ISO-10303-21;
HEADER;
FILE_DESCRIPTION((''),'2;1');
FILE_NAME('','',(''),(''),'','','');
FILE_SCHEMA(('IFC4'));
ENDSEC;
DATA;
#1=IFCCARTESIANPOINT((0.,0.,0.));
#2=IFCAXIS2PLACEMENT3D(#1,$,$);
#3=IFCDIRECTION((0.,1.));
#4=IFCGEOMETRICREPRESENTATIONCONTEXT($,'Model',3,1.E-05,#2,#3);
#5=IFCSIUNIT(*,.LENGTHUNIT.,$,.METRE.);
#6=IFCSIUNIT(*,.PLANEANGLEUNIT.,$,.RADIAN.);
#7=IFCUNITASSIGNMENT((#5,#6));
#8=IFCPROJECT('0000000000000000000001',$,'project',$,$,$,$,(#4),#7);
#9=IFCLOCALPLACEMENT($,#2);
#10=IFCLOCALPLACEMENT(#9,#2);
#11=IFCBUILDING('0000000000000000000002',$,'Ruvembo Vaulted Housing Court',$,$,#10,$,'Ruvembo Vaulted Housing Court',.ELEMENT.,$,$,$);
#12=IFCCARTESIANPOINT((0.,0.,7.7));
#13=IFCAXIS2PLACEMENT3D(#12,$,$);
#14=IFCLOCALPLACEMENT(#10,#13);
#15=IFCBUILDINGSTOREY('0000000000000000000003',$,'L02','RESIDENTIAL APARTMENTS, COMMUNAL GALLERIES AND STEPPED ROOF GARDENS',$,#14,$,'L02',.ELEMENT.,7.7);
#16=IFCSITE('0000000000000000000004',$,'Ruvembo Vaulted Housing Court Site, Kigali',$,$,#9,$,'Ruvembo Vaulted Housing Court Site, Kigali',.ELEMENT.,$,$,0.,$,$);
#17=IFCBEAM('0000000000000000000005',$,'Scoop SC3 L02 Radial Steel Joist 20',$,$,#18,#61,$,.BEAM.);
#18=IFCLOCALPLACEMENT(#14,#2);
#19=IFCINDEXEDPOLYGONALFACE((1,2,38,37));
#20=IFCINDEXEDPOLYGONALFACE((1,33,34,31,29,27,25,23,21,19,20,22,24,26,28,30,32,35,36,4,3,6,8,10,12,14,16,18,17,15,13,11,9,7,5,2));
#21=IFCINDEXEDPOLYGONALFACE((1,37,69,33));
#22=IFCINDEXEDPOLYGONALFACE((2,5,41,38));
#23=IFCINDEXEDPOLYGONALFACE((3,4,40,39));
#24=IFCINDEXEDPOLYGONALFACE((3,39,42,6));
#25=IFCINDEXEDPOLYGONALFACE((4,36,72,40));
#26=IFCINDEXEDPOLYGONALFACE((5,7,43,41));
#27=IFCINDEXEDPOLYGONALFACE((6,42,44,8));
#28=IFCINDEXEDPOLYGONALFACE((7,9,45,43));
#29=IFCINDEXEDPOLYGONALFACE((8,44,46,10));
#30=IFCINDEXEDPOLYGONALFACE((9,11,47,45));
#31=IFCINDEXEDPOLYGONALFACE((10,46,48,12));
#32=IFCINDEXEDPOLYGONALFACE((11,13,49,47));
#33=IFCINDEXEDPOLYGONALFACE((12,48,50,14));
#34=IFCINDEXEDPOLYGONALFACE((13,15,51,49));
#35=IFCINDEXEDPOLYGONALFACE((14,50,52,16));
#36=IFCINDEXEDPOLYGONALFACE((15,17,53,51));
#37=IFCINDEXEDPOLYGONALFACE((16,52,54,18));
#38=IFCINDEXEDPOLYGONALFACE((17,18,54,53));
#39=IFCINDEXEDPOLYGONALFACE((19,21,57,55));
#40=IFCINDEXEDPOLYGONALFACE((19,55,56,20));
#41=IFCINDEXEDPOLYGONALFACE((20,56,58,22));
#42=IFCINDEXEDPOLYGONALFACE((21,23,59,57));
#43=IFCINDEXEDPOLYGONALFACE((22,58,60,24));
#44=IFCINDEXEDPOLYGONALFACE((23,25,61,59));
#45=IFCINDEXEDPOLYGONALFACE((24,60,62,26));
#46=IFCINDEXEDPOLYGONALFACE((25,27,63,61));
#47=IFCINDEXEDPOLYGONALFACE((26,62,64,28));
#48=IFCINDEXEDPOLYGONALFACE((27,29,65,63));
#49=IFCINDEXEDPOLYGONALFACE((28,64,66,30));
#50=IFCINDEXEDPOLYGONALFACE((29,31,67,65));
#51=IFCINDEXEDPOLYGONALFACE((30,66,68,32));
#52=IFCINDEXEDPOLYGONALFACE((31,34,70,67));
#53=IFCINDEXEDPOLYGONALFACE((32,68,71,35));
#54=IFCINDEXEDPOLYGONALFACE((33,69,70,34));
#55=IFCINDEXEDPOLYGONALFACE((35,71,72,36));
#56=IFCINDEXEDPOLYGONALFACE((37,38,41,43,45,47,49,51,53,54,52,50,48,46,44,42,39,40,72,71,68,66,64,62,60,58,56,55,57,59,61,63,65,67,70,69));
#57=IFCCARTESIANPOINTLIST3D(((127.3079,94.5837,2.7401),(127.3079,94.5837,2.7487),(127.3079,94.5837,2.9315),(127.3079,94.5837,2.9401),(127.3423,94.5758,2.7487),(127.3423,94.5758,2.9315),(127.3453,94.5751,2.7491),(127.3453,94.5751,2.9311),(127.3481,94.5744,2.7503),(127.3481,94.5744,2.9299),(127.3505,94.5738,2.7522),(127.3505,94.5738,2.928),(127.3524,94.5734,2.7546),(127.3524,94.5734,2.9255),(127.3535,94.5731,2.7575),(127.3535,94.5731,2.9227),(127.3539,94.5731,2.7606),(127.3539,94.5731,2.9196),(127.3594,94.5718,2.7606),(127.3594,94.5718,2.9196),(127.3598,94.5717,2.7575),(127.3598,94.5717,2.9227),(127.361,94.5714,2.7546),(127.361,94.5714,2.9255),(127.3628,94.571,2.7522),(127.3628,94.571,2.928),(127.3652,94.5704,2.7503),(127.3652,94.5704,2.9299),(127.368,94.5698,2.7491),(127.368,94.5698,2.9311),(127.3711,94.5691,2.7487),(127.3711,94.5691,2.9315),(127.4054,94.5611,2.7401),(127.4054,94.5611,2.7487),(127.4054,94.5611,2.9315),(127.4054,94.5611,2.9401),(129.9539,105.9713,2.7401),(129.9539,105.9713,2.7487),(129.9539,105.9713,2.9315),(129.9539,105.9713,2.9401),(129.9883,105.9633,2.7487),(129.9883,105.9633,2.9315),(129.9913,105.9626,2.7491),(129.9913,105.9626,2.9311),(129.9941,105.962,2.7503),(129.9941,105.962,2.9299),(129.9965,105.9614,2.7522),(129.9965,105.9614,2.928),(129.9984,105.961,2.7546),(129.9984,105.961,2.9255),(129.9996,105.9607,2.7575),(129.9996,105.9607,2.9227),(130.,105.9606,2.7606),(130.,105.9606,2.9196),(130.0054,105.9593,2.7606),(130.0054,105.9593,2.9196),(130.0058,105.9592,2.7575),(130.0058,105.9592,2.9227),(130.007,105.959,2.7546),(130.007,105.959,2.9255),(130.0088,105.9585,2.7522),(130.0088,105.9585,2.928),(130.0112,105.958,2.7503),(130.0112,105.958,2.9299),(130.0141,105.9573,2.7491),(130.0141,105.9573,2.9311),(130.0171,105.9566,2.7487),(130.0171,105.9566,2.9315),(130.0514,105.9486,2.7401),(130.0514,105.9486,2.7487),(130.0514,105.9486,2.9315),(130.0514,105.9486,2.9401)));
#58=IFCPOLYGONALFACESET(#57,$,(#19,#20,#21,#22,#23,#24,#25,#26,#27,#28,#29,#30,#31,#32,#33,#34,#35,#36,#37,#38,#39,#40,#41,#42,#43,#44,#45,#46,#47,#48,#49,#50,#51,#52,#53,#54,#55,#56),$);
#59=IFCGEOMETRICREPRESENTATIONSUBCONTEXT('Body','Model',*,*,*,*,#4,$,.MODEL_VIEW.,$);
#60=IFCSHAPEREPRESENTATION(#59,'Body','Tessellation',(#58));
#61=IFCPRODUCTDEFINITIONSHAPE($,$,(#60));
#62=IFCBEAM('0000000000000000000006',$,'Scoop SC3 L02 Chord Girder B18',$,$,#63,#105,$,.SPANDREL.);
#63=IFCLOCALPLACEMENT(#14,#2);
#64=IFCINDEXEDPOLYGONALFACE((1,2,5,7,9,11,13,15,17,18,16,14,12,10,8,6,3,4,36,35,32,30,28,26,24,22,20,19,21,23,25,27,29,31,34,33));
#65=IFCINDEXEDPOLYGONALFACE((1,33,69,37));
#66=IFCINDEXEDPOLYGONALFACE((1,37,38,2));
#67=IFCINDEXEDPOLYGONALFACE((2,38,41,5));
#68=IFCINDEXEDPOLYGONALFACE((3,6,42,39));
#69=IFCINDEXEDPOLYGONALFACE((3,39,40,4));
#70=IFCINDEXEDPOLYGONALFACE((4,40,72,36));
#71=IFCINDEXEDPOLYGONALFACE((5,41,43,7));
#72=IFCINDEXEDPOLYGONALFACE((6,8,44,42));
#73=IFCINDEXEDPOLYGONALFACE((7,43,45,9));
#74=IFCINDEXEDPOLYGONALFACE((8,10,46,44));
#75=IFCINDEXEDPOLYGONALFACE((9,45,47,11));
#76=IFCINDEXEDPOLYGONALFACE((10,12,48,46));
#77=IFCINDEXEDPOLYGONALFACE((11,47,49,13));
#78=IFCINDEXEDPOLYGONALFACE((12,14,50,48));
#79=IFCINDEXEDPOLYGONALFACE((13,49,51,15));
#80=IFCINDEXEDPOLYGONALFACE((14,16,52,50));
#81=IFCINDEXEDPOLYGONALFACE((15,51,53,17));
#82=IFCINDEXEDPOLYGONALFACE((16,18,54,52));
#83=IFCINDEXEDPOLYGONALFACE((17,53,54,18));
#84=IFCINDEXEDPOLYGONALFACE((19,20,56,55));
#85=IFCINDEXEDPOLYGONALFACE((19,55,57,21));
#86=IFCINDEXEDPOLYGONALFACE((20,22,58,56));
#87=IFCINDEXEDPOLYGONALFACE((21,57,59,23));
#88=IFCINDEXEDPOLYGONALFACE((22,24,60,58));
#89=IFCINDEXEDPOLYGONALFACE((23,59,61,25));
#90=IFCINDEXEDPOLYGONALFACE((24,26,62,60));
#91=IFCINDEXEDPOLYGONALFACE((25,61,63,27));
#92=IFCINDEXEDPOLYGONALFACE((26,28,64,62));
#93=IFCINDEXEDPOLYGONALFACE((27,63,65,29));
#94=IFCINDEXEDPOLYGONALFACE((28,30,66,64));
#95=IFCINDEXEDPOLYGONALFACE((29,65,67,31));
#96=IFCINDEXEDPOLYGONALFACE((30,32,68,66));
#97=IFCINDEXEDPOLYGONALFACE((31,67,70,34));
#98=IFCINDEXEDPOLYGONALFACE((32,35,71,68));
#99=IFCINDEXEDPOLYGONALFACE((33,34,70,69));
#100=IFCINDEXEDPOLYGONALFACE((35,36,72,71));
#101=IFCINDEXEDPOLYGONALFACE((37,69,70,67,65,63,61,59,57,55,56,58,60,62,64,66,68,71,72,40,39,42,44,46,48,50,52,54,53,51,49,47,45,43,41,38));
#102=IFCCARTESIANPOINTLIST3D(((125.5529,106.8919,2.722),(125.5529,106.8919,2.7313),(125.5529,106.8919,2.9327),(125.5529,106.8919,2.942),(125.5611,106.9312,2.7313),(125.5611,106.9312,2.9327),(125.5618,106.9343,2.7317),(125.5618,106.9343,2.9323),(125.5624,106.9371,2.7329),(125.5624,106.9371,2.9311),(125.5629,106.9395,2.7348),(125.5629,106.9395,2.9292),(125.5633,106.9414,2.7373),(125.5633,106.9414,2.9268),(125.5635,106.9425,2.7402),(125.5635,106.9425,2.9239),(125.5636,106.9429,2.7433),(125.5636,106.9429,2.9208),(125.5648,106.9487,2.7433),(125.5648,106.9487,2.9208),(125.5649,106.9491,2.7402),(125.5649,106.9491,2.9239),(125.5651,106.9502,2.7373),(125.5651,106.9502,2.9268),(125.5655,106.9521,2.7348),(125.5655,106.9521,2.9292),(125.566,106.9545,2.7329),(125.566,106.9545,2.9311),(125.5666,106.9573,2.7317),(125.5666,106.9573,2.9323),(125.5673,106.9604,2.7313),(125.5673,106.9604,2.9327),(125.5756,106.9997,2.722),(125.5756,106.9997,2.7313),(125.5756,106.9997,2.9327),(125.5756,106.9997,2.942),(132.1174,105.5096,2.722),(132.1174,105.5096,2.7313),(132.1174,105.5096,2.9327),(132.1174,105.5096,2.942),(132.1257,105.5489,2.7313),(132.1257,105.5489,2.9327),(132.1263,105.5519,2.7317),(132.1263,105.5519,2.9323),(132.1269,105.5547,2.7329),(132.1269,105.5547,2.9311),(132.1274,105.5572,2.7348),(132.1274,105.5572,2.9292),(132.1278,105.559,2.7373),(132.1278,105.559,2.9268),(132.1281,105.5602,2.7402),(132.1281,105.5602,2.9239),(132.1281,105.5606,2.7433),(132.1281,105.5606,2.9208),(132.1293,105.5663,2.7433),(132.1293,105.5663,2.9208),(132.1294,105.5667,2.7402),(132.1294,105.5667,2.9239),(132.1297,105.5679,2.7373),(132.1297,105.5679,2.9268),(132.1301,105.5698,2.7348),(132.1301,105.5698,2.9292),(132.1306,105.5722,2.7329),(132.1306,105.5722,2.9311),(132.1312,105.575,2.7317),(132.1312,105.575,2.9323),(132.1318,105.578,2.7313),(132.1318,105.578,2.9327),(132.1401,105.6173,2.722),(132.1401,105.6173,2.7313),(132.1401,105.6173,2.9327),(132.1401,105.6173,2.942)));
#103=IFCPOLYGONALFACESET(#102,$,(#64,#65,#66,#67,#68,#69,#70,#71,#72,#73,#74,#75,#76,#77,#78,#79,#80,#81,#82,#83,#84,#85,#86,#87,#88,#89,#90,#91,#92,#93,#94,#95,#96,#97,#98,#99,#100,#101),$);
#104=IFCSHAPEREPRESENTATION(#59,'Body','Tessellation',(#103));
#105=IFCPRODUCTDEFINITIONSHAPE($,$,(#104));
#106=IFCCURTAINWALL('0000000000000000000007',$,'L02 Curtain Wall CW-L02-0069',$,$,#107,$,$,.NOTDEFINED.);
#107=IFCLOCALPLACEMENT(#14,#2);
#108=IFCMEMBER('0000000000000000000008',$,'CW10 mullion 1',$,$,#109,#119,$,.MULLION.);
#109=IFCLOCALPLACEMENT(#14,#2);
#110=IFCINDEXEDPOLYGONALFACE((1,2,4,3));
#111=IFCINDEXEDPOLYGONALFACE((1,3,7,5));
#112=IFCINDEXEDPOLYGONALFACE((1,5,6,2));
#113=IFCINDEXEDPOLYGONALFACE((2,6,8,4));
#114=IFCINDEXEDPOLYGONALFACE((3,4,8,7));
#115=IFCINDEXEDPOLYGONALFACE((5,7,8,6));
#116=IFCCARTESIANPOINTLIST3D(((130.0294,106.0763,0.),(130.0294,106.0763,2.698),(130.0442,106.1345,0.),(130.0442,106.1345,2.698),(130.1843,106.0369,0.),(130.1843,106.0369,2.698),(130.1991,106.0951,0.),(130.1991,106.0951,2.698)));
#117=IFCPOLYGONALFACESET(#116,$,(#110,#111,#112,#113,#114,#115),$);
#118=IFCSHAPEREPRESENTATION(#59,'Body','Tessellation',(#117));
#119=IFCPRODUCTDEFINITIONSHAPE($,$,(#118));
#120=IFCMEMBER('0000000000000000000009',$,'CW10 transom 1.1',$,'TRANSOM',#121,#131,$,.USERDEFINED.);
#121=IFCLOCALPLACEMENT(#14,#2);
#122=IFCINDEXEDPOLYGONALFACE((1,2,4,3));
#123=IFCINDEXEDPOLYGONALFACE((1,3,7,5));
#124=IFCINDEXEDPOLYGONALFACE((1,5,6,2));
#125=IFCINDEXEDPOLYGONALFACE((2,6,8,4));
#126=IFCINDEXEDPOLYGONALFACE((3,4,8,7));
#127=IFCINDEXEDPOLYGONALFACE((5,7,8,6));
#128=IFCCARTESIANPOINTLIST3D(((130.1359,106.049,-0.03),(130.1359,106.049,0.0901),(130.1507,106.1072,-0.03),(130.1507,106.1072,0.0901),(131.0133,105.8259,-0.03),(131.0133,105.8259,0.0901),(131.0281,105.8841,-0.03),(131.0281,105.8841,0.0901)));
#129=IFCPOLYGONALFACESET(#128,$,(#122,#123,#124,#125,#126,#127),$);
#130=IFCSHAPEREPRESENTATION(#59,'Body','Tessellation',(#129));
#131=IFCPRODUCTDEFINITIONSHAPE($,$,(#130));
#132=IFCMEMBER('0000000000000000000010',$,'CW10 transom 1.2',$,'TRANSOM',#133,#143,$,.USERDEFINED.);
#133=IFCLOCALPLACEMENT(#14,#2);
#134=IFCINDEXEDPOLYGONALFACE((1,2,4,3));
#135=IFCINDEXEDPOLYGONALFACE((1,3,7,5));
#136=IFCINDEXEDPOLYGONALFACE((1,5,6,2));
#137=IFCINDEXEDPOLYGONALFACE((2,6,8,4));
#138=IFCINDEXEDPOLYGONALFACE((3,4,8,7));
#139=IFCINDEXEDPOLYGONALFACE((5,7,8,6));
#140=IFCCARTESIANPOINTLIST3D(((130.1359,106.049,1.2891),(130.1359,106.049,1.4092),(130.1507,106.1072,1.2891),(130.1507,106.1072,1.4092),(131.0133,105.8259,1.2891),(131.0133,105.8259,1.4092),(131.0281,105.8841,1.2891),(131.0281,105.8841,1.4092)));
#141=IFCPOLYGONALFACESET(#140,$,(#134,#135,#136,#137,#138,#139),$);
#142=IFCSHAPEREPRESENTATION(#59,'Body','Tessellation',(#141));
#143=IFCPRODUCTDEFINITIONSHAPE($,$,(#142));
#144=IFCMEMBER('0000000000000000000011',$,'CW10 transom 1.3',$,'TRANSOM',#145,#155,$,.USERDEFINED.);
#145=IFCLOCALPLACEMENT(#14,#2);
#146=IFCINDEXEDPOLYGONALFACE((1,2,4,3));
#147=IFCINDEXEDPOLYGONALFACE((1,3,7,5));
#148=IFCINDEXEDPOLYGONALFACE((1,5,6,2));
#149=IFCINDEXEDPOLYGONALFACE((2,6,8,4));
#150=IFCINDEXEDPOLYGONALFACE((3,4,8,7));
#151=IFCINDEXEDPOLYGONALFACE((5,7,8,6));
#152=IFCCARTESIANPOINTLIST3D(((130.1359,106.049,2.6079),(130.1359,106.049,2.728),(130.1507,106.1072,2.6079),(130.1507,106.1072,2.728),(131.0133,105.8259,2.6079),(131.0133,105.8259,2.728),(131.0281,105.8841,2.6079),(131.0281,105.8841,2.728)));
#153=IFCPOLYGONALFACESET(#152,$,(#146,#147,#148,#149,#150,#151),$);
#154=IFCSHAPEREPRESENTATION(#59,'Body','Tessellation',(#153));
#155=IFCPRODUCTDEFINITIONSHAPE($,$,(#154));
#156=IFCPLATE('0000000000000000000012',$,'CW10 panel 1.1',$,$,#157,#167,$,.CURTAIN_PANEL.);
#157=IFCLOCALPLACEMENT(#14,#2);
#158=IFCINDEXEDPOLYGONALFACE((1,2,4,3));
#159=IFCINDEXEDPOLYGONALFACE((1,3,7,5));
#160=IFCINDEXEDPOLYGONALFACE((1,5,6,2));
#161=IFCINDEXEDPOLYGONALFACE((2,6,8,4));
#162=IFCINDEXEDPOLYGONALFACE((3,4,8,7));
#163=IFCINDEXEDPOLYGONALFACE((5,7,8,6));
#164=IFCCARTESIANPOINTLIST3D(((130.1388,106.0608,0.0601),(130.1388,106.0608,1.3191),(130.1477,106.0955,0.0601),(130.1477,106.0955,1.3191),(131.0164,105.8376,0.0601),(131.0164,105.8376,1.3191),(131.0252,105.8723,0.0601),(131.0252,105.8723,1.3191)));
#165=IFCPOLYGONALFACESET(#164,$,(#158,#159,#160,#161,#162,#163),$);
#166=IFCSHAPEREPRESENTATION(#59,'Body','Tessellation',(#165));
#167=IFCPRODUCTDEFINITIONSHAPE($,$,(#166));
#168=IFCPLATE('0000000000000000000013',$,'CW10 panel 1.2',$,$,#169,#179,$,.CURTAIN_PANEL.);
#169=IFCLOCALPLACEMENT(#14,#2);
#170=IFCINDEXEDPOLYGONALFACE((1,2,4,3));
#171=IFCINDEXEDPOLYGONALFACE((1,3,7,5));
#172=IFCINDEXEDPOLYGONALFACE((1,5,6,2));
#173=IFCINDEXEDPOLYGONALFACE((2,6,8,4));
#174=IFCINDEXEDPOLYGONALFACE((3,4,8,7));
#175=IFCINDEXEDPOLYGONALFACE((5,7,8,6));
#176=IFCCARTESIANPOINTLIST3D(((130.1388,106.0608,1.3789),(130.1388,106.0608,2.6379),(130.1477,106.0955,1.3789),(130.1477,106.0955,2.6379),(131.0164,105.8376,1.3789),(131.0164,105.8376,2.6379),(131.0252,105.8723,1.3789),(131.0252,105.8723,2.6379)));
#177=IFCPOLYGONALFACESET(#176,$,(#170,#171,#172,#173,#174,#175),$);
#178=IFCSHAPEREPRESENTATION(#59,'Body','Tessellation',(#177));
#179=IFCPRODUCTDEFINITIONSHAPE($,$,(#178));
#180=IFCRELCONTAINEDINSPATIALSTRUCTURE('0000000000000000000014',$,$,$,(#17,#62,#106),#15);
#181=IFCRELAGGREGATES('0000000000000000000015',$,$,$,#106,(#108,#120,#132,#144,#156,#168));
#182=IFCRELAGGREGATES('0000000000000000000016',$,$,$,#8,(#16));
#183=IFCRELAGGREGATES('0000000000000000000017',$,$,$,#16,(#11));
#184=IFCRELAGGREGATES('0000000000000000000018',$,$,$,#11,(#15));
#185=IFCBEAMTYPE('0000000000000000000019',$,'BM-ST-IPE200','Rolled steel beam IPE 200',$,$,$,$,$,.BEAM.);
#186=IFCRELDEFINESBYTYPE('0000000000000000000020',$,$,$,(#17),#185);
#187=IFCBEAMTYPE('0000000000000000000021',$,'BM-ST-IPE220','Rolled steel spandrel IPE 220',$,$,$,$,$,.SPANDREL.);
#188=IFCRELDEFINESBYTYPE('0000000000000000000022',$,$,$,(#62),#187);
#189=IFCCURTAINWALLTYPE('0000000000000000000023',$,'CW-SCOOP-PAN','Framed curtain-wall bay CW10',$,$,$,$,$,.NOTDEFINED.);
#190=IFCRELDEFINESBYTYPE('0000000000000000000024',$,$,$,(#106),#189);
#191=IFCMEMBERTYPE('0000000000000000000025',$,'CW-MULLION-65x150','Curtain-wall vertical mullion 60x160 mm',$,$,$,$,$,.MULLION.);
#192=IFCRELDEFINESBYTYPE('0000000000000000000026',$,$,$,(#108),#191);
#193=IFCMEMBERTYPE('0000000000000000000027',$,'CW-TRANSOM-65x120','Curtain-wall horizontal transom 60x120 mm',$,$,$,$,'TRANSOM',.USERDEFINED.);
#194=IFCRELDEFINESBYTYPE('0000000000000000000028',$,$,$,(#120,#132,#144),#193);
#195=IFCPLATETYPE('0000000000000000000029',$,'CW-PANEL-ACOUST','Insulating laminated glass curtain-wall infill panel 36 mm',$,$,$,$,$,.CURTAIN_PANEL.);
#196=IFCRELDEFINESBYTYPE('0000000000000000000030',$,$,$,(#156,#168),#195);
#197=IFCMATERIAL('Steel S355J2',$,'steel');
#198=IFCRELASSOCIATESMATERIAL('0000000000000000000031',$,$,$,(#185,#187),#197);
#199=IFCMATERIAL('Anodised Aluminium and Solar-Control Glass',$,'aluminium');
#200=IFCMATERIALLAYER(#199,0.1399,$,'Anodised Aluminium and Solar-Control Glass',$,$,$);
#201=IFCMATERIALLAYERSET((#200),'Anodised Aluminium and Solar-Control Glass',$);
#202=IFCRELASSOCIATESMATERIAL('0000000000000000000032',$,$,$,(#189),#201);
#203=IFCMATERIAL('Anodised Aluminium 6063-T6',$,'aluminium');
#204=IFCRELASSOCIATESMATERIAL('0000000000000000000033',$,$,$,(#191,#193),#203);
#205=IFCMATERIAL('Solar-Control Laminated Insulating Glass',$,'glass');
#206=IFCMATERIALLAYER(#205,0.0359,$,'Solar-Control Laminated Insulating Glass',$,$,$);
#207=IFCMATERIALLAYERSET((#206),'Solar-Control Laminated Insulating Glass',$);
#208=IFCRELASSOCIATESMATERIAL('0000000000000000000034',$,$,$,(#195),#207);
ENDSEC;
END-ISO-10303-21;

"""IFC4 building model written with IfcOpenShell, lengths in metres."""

from ifc_helpers import new_model, si_unit, direction, frame, origin, origin_2d, place, context, subcontext, project, spatial, rectangle, i_section, extrude, material, layer, layer_set, material_profile, profile_set, type_object, element, aggregate, save


model = new_model("IFC4")

# Units and contexts
model_context = context("Model", 3, precision=1e-05, world=origin(), true_north=direction((0.0, 1.0)))
body_context = subcontext(model_context, "Body", "Model", "MODEL_VIEW")
ifc_project = project(units=[si_unit("LENGTHUNIT", "METRE"), si_unit("PLANEANGLEUNIT", "RADIAN")], contexts=[model_context])

# Site, building, storey
site_placement = place(None, origin())
site = spatial("IfcSite", under=ifc_project, at=site_placement, Name="Ruvembo Vaulted Housing Court Site, Kigali", LongName="Ruvembo Vaulted Housing Court Site, Kigali", CompositionType="ELEMENT", RefElevation=0.0)
building_placement = place(site_placement, origin())
building = spatial("IfcBuilding", under=site, at=building_placement, Name="Ruvembo Vaulted Housing Court", LongName="Ruvembo Vaulted Housing Court", CompositionType="ELEMENT")
storey_placement = place(building_placement, frame((0.0, 0.0, 7.7)))
storey = spatial("IfcBuildingStorey", under=building, at=storey_placement, Name="L02", Description="RESIDENTIAL APARTMENTS, COMMUNAL GALLERIES AND STEPPED ROOF GARDENS", LongName="L02", CompositionType="ELEMENT", Elevation=7.7)

# Beams
ifc_material_1 = material(Name="Steel S355J2", Category="steel")
ifc_material_profile_1 = material_profile(ifc_material_1, i_section(OverallWidth=0.1001, OverallDepth=0.2, WebThickness=0.0056, FlangeThickness=0.0085, FilletRadius=0.012, at=origin_2d()), Name="IPE 200")
ifc_profile_set_1 = profile_set([ifc_material_profile_1], Name="Steel S355J2")
beam_type_1 = type_object("IfcBeamType", Name="BM-ST-IPE200", Description="Rolled steel beam IPE 200", PredefinedType="BEAM", material=ifc_profile_set_1)
beam_1_placement = place(storey_placement, frame((130.0027, 105.96, 2.8401), z_axis=(-0.226331, -0.97405, 0.0), x_axis=(0.97405, -0.226331, 0.0)))
element("IfcBeam", 1, at=beam_1_placement, inside=storey, type_object=beam_type_1, Name="Scoop SC3 L02 Radial Steel Joist 20", PredefinedType="BEAM", context=body_context, shape_type="SweptSolid", body=[
    extrude(i_section(OverallWidth=0.1001, OverallDepth=0.2, WebThickness=0.0056, FlangeThickness=0.0085, FilletRadius=0.012, at=origin_2d()), origin(), (0.0, 0.0, 1.0), 11.6909),
])
ifc_material_profile_2 = material_profile(ifc_material_1, i_section(OverallWidth=0.1101, OverallDepth=0.22, WebThickness=0.0059, FlangeThickness=0.0093, FilletRadius=0.012, at=origin_2d()), Name="IPE 220")
ifc_profile_set_2 = profile_set([ifc_material_profile_2], Name="Steel S355J2")
beam_type_2 = type_object("IfcBeamType", Name="BM-ST-IPE220", Description="Rolled steel spandrel IPE 220", PredefinedType="SPANDREL", material=ifc_profile_set_2)
beam_2_placement = place(storey_placement, frame((125.5642, 106.9458, 2.832), z_axis=(0.97854, -0.206058, 0.0), x_axis=(0.206058, 0.97854, 0.0)))
element("IfcBeam", 2, at=beam_2_placement, inside=storey, type_object=beam_type_2, Name="Scoop SC3 L02 Chord Girder B18", PredefinedType="SPANDREL", context=body_context, shape_type="SweptSolid", body=[
    extrude(i_section(OverallWidth=0.1101, OverallDepth=0.22, WebThickness=0.0059, FlangeThickness=0.0093, FilletRadius=0.012, at=origin_2d()), origin(), (0.0, 0.0, 1.0), 6.7085),
])

# Curtain wall, members, plates
ifc_material_2 = material(Name="Anodised Aluminium and Solar-Control Glass", Category="aluminium")
ifc_layer_1 = layer(ifc_material_2, 0.1399, Name="Anodised Aluminium and Solar-Control Glass")
ifc_layer_set_1 = layer_set([ifc_layer_1], Name="Anodised Aluminium and Solar-Control Glass")
curtain_wall_type = type_object("IfcCurtainWallType", Name="CW-SCOOP-PAN", Description="Framed curtain-wall bay CW10", PredefinedType="NOTDEFINED", material=ifc_layer_set_1)
curtain_wall_placement = place(storey_placement, origin())
curtain_wall = element("IfcCurtainWall", 3, at=curtain_wall_placement, inside=storey, type_object=curtain_wall_type, Name="L02 Curtain Wall CW-L02-0069", PredefinedType="NOTDEFINED")
ifc_material_3 = material(Name="Anodised Aluminium 6063-T6", Category="aluminium")
ifc_material_profile_3 = material_profile(ifc_material_3, rectangle(XDim=0.0601, YDim=0.1599, at=origin_2d()), Name="ALU 60x160")
ifc_profile_set_3 = profile_set([ifc_material_profile_3], Name="Anodised Aluminium 6063-T6")
member_type_1 = type_object("IfcMemberType", Name="CW-MULLION-65x150", Description="Curtain-wall vertical mullion 60x160 mm", PredefinedType="MULLION", material=ifc_profile_set_3)
member_1_placement = place(storey_placement, frame((130.1143, 106.0857, 0.0), z_axis=(0.0, 0.0, 1.0), x_axis=(0.246481, 0.969148, 0.0)))
member_1 = element("IfcMember", 4, at=member_1_placement, type_object=member_type_1, Name="CW10 mullion 1", PredefinedType="MULLION", context=body_context, shape_type="SweptSolid", body=[
    extrude(rectangle(XDim=0.0601, YDim=0.1599, at=origin_2d()), origin(), (0.0, 0.0, 1.0), 2.698),
])
ifc_material_profile_4 = material_profile(ifc_material_3, rectangle(XDim=0.0601, YDim=0.1201, at=origin_2d()), Name="ALU 60x120")
ifc_profile_set_4 = profile_set([ifc_material_profile_4], Name="Anodised Aluminium 6063-T6")
member_type_2 = type_object("IfcMemberType", Name="CW-TRANSOM-65x120", Description="Curtain-wall horizontal transom 60x120 mm", ElementType="TRANSOM", PredefinedType="USERDEFINED", material=ifc_profile_set_4)
member_2_placement = place(storey_placement, frame((130.1433, 106.0781, 0.03), z_axis=(0.969151, -0.246467, 0.0), x_axis=(0.246467, 0.969151, 0.0)))
member_2 = element("IfcMember", 5, at=member_2_placement, type_object=member_type_2, Name="CW10 transom 1.1", ObjectType="TRANSOM", PredefinedType="USERDEFINED", context=body_context, shape_type="SweptSolid", body=[
    extrude(rectangle(XDim=0.0601, YDim=0.1201, at=origin_2d()), origin(), (0.0, 0.0, 1.0), 0.9053),
])
member_3_placement = place(storey_placement, frame((130.1433, 106.0781, 1.3491), z_axis=(0.969151, -0.246467, 0.0), x_axis=(0.246467, 0.969151, 0.0)))
member_3 = element("IfcMember", 6, at=member_3_placement, type_object=member_type_2, Name="CW10 transom 1.2", ObjectType="TRANSOM", PredefinedType="USERDEFINED", context=body_context, shape_type="SweptSolid", body=[
    extrude(rectangle(XDim=0.0601, YDim=0.1201, at=origin_2d()), origin(), (0.0, 0.0, 1.0), 0.9053),
])
member_4_placement = place(storey_placement, frame((130.1433, 106.0781, 2.668), z_axis=(0.969151, -0.246467, 0.0), x_axis=(0.246467, 0.969151, 0.0)))
member_4 = element("IfcMember", 7, at=member_4_placement, type_object=member_type_2, Name="CW10 transom 1.3", ObjectType="TRANSOM", PredefinedType="USERDEFINED", context=body_context, shape_type="SweptSolid", body=[
    extrude(rectangle(XDim=0.0601, YDim=0.1201, at=origin_2d()), origin(), (0.0, 0.0, 1.0), 0.9053),
])
ifc_material_4 = material(Name="Solar-Control Laminated Insulating Glass", Category="glass")
ifc_layer_2 = layer(ifc_material_4, 0.0359, Name="Solar-Control Laminated Insulating Glass")
ifc_layer_set_2 = layer_set([ifc_layer_2], Name="Solar-Control Laminated Insulating Glass")
plate_type_1 = type_object("IfcPlateType", Name="CW-PANEL-ACOUST", Description="Insulating laminated glass curtain-wall infill panel 36 mm", PredefinedType="CURTAIN_PANEL", material=ifc_layer_set_2)
plate_1_placement = place(storey_placement, frame((130.582, 105.9666, 0.0601), z_axis=(0.0, 0.0, 1.0), x_axis=(0.969148, -0.246481, 0.0)))
plate_1 = element("IfcPlate", 8, at=plate_1_placement, type_object=plate_type_1, Name="CW10 panel 1.1", PredefinedType="CURTAIN_PANEL", context=body_context, shape_type="SweptSolid", body=[
    extrude(rectangle(XDim=0.9055, YDim=0.0359, at=origin_2d()), origin(), (0.0, 0.0, 1.0), 1.259),
])
plate_2_placement = place(storey_placement, frame((130.582, 105.9666, 1.3789), z_axis=(0.0, 0.0, 1.0), x_axis=(0.969148, -0.246481, 0.0)))
plate_2 = element("IfcPlate", 9, at=plate_2_placement, type_object=plate_type_1, Name="CW10 panel 1.2", PredefinedType="CURTAIN_PANEL", context=body_context, shape_type="SweptSolid", body=[
    extrude(rectangle(XDim=0.9055, YDim=0.0359, at=origin_2d()), origin(), (0.0, 0.0, 1.0), 1.259),
])
aggregate(curtain_wall, [member_1, member_2, member_3, member_4, plate_1, plate_2])

save(model, "model.ifc")
